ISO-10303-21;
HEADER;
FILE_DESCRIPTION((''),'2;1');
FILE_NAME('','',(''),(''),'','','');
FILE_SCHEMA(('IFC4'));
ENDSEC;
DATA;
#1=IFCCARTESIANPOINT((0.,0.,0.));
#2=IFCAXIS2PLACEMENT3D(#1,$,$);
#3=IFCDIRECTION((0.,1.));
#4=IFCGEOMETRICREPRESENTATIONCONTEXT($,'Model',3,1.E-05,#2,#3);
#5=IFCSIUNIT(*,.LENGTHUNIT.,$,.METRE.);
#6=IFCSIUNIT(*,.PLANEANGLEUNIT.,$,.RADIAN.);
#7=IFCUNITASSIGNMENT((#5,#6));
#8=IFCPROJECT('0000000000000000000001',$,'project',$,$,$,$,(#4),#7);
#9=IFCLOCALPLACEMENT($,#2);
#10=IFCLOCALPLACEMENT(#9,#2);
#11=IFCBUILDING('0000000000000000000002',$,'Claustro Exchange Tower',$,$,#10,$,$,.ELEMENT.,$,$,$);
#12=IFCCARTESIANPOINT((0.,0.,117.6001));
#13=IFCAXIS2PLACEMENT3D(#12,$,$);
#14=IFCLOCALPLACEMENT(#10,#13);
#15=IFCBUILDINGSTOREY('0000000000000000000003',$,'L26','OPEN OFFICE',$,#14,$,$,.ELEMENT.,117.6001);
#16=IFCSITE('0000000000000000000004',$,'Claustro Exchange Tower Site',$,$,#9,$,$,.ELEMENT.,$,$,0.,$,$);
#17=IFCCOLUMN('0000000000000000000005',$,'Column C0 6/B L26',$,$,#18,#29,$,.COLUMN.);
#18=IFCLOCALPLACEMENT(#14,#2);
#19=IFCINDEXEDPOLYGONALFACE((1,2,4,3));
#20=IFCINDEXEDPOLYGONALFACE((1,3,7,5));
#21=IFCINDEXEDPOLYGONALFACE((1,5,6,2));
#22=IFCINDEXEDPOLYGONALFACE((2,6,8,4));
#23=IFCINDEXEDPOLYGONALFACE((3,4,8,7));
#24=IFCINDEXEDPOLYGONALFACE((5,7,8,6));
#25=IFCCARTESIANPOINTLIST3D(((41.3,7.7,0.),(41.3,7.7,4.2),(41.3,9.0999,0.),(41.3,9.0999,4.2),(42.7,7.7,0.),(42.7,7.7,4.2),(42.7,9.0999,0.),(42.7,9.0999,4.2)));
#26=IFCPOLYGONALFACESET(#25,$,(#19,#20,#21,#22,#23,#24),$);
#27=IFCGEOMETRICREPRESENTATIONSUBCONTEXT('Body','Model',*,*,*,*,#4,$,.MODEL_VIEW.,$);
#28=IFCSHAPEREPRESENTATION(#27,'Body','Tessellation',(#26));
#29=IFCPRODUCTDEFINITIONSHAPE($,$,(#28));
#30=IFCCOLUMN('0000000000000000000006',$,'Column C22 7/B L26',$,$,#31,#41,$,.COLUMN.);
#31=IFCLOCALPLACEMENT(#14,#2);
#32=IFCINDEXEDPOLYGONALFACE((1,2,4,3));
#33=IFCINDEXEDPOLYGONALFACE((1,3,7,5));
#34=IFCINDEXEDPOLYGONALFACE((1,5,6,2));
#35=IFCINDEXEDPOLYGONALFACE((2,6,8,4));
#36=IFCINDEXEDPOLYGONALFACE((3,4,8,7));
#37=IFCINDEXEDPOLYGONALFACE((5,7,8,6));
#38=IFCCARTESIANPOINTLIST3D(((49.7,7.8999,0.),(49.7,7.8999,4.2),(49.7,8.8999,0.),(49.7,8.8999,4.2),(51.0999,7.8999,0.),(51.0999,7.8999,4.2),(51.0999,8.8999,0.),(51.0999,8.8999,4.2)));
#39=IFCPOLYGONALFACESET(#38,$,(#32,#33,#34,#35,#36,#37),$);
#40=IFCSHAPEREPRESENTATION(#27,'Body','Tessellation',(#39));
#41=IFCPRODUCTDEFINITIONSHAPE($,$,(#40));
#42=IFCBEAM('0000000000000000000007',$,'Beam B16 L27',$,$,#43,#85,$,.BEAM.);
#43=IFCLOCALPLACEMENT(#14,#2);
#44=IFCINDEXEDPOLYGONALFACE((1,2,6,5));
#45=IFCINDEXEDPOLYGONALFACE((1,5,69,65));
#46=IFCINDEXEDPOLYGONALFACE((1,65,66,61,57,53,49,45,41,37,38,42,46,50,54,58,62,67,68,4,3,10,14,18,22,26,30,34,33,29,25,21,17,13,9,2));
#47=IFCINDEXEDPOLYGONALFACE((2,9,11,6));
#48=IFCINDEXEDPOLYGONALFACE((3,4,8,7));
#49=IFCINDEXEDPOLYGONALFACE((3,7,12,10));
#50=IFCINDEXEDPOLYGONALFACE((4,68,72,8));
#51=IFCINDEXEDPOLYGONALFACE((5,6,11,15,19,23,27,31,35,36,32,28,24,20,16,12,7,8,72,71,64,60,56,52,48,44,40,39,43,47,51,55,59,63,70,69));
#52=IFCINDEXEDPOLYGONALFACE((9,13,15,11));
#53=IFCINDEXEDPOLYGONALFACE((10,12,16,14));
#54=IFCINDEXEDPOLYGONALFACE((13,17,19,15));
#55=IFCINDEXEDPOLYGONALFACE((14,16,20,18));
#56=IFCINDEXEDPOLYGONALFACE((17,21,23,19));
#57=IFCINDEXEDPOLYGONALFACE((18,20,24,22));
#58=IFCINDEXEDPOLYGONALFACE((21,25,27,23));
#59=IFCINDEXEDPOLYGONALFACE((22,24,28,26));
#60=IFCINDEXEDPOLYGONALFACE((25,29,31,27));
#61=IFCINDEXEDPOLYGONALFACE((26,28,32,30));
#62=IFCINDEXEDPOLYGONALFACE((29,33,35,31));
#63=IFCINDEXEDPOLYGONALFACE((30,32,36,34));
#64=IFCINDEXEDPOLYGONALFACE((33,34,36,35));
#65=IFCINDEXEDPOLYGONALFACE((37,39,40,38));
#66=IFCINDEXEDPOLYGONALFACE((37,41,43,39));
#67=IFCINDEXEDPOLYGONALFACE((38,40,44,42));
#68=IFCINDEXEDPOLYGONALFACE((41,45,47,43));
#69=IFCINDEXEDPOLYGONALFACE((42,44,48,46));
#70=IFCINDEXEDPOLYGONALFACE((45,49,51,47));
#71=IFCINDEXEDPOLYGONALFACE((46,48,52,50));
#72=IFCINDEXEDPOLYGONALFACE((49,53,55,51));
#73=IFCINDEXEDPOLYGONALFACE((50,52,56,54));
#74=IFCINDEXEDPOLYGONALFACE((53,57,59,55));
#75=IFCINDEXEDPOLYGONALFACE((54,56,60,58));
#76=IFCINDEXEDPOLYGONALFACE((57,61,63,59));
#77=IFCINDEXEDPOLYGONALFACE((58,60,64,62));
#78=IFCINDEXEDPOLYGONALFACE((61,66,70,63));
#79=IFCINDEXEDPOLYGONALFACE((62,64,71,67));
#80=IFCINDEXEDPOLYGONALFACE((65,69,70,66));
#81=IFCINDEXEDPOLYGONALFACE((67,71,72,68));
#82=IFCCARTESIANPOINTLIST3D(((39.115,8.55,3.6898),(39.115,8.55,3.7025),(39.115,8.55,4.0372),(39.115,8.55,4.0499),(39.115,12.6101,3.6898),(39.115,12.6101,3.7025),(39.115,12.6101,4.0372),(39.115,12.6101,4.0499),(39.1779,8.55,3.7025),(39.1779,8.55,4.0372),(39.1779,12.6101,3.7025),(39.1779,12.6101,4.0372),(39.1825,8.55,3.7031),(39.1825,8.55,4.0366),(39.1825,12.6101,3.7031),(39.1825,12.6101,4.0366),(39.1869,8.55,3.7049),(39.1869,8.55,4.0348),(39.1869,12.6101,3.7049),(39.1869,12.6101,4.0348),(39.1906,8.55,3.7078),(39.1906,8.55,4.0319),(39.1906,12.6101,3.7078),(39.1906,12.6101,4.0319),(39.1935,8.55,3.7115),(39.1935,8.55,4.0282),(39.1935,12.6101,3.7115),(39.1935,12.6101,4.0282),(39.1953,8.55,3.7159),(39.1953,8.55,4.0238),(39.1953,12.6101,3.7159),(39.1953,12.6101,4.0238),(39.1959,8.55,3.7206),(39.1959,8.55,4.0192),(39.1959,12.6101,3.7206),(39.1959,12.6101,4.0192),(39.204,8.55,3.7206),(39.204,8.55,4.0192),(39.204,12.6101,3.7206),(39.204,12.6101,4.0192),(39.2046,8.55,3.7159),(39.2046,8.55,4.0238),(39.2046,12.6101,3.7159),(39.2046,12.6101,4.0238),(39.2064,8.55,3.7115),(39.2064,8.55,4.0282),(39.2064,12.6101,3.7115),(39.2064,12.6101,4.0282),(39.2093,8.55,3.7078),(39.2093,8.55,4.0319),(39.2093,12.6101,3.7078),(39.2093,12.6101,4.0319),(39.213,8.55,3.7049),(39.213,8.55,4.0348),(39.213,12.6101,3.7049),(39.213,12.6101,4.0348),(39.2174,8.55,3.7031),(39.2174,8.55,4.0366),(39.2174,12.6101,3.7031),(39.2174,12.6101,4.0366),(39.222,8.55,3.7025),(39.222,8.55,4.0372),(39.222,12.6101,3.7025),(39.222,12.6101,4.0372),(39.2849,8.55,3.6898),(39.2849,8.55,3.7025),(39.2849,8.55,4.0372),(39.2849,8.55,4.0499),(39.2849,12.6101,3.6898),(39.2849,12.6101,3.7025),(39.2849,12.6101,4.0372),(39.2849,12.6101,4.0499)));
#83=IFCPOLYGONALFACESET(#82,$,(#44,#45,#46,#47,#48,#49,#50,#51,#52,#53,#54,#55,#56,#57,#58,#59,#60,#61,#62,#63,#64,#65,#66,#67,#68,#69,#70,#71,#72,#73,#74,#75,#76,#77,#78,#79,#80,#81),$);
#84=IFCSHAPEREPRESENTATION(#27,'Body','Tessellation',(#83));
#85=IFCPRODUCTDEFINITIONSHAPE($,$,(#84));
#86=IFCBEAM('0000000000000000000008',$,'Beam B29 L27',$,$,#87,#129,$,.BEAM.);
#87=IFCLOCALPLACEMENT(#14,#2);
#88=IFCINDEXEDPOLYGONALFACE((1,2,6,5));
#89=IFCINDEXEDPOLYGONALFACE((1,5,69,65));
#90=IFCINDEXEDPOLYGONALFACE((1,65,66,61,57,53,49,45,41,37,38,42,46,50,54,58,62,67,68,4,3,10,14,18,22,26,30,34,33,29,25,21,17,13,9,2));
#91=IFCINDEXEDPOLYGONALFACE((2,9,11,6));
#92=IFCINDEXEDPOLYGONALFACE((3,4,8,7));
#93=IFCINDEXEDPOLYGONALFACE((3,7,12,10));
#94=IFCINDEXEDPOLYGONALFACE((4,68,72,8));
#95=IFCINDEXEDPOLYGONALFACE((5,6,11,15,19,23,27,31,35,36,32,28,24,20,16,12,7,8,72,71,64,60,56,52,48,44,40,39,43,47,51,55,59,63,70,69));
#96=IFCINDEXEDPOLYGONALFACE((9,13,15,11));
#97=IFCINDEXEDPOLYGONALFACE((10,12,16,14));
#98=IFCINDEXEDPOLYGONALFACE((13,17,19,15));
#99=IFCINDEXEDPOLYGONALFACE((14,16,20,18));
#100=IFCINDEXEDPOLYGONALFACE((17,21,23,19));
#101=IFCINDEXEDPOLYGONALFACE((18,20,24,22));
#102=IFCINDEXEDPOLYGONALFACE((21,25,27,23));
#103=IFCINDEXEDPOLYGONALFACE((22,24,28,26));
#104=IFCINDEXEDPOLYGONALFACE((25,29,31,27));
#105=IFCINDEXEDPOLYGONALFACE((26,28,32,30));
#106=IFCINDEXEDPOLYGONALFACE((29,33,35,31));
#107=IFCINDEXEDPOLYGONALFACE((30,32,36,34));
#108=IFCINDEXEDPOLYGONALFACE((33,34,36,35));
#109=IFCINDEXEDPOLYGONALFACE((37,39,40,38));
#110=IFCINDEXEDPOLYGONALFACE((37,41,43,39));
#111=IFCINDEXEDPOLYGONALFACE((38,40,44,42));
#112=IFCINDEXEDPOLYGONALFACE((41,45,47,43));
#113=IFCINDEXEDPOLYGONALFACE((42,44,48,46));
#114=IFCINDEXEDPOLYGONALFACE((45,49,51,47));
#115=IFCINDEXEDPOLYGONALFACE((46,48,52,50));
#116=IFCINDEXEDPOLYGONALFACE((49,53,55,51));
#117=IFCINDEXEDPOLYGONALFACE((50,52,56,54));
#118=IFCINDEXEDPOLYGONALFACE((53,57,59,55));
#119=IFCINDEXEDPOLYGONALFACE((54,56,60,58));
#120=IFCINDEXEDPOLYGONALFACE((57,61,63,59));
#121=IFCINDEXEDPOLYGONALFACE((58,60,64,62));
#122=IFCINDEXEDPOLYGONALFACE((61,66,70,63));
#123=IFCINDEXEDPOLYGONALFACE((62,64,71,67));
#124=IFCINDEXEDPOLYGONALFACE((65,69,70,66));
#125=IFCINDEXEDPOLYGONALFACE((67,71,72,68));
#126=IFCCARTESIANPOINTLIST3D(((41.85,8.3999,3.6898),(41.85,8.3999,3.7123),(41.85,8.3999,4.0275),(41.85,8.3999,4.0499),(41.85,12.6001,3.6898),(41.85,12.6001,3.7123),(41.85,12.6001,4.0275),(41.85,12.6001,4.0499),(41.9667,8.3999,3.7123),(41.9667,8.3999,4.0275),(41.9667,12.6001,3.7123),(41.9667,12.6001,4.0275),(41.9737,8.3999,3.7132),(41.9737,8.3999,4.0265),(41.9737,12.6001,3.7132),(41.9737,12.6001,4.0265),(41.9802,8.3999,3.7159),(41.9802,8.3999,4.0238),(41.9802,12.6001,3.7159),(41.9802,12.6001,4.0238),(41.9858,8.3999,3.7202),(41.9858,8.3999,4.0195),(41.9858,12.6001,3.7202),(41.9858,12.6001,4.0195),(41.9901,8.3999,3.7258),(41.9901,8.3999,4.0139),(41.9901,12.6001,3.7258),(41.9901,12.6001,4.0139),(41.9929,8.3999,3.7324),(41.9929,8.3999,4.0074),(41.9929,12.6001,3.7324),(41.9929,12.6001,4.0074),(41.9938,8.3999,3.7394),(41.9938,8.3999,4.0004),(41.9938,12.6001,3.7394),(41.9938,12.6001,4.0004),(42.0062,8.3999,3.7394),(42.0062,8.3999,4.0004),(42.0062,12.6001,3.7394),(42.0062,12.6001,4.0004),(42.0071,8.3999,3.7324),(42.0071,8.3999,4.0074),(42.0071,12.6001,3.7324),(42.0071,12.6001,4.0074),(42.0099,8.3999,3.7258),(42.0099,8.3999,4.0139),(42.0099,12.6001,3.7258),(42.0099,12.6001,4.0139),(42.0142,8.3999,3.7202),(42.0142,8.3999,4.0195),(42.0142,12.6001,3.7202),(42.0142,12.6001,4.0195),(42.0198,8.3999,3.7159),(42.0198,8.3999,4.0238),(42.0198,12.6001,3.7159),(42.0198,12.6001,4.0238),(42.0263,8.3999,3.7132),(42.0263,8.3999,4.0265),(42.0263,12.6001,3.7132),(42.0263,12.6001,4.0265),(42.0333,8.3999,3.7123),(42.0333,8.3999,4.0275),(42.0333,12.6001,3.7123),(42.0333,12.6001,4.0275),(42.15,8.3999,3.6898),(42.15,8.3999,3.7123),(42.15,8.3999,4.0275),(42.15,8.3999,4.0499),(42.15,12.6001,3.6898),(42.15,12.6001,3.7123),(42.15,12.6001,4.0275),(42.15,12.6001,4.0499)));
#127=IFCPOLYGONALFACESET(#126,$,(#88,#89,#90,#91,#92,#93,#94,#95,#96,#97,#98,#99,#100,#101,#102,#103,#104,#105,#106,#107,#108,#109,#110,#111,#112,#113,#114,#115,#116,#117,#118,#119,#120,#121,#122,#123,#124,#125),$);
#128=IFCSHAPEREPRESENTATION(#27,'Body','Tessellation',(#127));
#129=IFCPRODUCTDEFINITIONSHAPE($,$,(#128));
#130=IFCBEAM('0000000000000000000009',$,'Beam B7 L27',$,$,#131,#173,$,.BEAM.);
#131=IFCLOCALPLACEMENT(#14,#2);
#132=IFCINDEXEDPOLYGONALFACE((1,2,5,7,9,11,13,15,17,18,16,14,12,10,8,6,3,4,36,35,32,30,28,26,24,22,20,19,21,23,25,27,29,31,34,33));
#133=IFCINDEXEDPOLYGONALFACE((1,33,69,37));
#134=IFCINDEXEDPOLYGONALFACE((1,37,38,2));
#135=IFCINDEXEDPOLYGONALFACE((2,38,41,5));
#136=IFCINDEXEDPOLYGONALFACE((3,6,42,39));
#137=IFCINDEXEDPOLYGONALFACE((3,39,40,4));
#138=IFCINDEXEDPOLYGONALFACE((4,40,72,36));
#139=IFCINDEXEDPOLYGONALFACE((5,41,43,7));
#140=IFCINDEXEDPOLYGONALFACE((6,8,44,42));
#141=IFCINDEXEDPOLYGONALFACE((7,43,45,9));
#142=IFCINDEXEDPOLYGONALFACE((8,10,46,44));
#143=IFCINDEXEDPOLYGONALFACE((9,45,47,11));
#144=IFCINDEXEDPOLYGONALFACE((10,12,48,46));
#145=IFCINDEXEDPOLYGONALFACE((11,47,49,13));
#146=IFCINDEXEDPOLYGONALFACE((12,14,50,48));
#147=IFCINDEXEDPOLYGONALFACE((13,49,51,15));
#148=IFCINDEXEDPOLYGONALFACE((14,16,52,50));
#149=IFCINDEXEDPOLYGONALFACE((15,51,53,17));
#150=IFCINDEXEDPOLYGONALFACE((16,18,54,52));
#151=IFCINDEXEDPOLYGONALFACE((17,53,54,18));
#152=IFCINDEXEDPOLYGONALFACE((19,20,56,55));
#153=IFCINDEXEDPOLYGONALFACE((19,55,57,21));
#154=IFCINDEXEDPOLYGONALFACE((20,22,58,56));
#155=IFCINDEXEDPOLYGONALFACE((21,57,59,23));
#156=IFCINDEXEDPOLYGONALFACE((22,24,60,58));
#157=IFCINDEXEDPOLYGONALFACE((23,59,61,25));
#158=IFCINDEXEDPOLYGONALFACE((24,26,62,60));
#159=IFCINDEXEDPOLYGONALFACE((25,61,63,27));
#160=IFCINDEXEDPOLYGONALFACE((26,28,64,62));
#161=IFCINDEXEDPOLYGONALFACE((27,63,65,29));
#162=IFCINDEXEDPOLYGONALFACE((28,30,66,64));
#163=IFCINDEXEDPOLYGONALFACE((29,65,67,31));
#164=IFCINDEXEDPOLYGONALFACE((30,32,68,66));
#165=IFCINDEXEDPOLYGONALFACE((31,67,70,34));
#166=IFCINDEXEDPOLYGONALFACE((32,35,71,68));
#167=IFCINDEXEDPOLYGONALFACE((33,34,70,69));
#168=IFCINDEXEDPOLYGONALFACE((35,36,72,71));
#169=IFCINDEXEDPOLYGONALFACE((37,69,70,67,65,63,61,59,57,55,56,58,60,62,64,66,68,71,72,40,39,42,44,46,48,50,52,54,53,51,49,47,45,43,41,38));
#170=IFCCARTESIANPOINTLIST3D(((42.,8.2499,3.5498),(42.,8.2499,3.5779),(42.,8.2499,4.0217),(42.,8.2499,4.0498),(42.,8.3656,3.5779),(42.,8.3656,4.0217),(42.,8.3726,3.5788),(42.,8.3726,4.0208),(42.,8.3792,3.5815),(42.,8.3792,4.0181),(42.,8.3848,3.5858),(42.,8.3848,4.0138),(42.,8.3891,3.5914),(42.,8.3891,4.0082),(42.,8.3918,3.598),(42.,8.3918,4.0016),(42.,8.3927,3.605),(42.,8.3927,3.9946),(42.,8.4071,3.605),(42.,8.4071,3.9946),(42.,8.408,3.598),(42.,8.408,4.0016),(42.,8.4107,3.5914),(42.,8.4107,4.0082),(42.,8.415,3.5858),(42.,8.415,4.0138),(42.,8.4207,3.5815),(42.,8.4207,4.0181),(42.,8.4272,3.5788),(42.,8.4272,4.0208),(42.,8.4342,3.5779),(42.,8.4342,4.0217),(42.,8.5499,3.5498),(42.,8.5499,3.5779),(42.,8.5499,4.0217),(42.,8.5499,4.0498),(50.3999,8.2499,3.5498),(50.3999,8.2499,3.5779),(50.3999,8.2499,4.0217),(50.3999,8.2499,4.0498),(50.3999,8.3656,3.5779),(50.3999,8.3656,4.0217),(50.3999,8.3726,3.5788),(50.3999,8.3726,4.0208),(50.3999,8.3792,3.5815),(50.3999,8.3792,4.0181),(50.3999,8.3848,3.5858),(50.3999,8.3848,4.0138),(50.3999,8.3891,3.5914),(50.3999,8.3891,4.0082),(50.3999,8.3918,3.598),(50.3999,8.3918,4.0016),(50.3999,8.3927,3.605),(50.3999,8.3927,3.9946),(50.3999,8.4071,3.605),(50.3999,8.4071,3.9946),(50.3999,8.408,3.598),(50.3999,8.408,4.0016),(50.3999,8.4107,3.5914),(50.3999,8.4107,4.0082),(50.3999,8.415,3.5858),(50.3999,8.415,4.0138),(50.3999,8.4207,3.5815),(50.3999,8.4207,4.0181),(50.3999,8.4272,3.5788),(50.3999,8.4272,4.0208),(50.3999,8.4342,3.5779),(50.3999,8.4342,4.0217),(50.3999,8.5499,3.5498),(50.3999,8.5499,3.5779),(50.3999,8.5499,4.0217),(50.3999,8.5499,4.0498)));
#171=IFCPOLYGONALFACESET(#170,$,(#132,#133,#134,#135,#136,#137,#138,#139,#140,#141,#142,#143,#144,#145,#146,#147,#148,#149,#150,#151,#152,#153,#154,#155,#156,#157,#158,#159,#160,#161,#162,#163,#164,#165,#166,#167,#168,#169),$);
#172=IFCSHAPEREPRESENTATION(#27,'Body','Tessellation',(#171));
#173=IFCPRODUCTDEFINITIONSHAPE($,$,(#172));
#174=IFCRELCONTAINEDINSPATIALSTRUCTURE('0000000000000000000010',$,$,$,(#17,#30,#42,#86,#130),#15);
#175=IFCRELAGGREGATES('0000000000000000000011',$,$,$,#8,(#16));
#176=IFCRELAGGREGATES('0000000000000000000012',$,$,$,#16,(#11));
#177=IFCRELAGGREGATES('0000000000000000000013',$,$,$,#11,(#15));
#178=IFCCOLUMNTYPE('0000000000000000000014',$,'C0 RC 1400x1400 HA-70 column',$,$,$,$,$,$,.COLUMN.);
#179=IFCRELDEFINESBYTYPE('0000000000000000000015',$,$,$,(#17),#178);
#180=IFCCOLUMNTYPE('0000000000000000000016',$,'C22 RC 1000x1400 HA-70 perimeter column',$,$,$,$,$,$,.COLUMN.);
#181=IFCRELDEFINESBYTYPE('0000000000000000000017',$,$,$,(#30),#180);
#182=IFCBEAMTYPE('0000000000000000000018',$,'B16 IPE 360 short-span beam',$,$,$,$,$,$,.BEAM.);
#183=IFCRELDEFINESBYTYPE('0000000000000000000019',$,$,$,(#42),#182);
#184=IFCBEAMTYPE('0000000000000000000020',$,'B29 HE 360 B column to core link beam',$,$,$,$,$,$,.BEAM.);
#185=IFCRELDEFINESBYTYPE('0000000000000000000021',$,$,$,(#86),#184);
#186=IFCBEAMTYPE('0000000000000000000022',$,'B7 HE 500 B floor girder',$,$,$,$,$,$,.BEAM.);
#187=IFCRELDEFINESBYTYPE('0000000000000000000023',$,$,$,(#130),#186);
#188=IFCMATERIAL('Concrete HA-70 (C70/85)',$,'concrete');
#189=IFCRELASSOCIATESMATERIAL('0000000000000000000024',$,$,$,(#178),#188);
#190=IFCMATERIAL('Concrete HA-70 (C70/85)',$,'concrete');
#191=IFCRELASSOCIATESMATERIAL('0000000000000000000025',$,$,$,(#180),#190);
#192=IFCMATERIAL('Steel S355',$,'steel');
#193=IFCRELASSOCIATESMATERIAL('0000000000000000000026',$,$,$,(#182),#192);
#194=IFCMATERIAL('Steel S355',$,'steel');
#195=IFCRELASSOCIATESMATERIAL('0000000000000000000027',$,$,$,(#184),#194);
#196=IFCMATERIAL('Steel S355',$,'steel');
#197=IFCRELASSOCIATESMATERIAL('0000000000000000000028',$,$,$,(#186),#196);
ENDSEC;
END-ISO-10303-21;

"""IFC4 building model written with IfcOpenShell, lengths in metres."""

from ifc_helpers import new_model, si_unit, direction, frame, origin, origin_2d, place, context, subcontext, project, spatial, rectangle, i_section, extrude, material, material_profile, profile_set, type_object, element, save


model = new_model("IFC4")

# Units and contexts
model_context = context("Model", 3, precision=1e-05, world=origin(), true_north=direction((0.0, 1.0)))
body_context = subcontext(model_context, "Body", "Model", "MODEL_VIEW")
ifc_project = project(units=[si_unit("LENGTHUNIT", "METRE"), si_unit("PLANEANGLEUNIT", "RADIAN")], contexts=[model_context])

# Site, building, storey
site_placement = place(None, origin())
site = spatial("IfcSite", under=ifc_project, at=site_placement, Name="Claustro Exchange Tower Site", CompositionType="ELEMENT", RefElevation=0.0)
building_placement = place(site_placement, origin())
building = spatial("IfcBuilding", under=site, at=building_placement, Name="Claustro Exchange Tower", CompositionType="ELEMENT")
storey_placement = place(building_placement, frame((0.0, 0.0, 117.6001)))
storey = spatial("IfcBuildingStorey", under=building, at=storey_placement, Name="L26", Description="OPEN OFFICE", CompositionType="ELEMENT", Elevation=117.6001)

# Columns
ifc_material_1 = material(Name="Concrete HA-70 (C70/85)", Category="concrete")
ifc_material_profile_1 = material_profile(ifc_material_1, rectangle(XDim=1.3999, YDim=1.3999, at=origin_2d()), Name="RC 1400x1400")
ifc_profile_set_1 = profile_set([ifc_material_profile_1], Name="Concrete HA-70 (C70/85)")
column_type_1 = type_object("IfcColumnType", Name="C0 RC 1400x1400 HA-70 column", PredefinedType="COLUMN", material=ifc_profile_set_1)
column_1_placement = place(storey_placement, frame((42.0, 8.3999, 0.0), z_axis=(0.0, 0.0, 1.0), x_axis=(1.0, 0.0, 0.0)))
element("IfcColumn", 1, at=column_1_placement, inside=storey, type_object=column_type_1, Name="Column C0 6/B L26", PredefinedType="COLUMN", context=body_context, shape_type="SweptSolid", body=[
    extrude(rectangle(XDim=1.3999, YDim=1.3999, at=origin_2d()), origin(), (0.0, 0.0, 1.0), 4.2),
])
ifc_material_2 = material(Name="Concrete HA-70 (C70/85)", Category="concrete")
ifc_material_profile_2 = material_profile(ifc_material_2, rectangle(XDim=1.0, YDim=1.3999, at=origin_2d()), Name="RC 1000x1400")
ifc_profile_set_2 = profile_set([ifc_material_profile_2], Name="Concrete HA-70 (C70/85)")
column_type_2 = type_object("IfcColumnType", Name="C22 RC 1000x1400 HA-70 perimeter column", PredefinedType="COLUMN", material=ifc_profile_set_2)
column_2_placement = place(storey_placement, frame((50.3999, 8.3999, 0.0), z_axis=(0.0, 0.0, 1.0), x_axis=(0.0, 1.0, 0.0)))
element("IfcColumn", 2, at=column_2_placement, inside=storey, type_object=column_type_2, Name="Column C22 7/B L26", PredefinedType="COLUMN", context=body_context, shape_type="SweptSolid", body=[
    extrude(rectangle(XDim=1.0, YDim=1.3999, at=origin_2d()), origin(), (0.0, 0.0, 1.0), 4.2),
])

# Beams
ifc_material_3 = material(Name="Steel S355", Category="steel")
ifc_material_profile_3 = material_profile(ifc_material_3, i_section(OverallWidth=0.1699, OverallDepth=0.3601, WebThickness=0.0081, FlangeThickness=0.0127, FilletRadius=0.0181, at=origin_2d()), Name="IPE 360")
ifc_profile_set_3 = profile_set([ifc_material_profile_3], Name="Steel S355")
beam_type_1 = type_object("IfcBeamType", Name="B16 IPE 360 short-span beam", PredefinedType="BEAM", material=ifc_profile_set_3)
beam_1_placement = place(storey_placement, frame((39.2, 8.55, 3.8699), z_axis=(0.0, 1.0, 0.0), x_axis=(-1.0, 0.0, 0.0)))
element("IfcBeam", 3, at=beam_1_placement, inside=storey, type_object=beam_type_1, Name="Beam B16 L27", PredefinedType="BEAM", context=body_context, shape_type="SweptSolid", body=[
    extrude(i_section(OverallWidth=0.1699, OverallDepth=0.3601, WebThickness=0.0081, FlangeThickness=0.0127, FilletRadius=0.0181, at=origin_2d()), origin(), (0.0, 0.0, 1.0), 4.0601),
])
ifc_material_4 = material(Name="Steel S355", Category="steel")
ifc_material_profile_4 = material_profile(ifc_material_4, i_section(OverallWidth=0.3, OverallDepth=0.3601, WebThickness=0.0125, FlangeThickness=0.0225, FilletRadius=0.0271, at=origin_2d()), Name="HE 360 B")
ifc_profile_set_4 = profile_set([ifc_material_profile_4], Name="Steel S355")
beam_type_2 = type_object("IfcBeamType", Name="B29 HE 360 B column to core link beam", PredefinedType="BEAM", material=ifc_profile_set_4)
beam_2_placement = place(storey_placement, frame((42.0, 8.3999, 3.8699), z_axis=(0.0, 1.0, 0.0), x_axis=(-1.0, 0.0, 0.0)))
element("IfcBeam", 4, at=beam_2_placement, inside=storey, type_object=beam_type_2, Name="Beam B29 L27", PredefinedType="BEAM", context=body_context, shape_type="SweptSolid", body=[
    extrude(i_section(OverallWidth=0.3, OverallDepth=0.3601, WebThickness=0.0125, FlangeThickness=0.0225, FilletRadius=0.0271, at=origin_2d()), origin(), (0.0, 0.0, 1.0), 4.2002),
])
ifc_material_5 = material(Name="Steel S355", Category="steel")
ifc_material_profile_5 = material_profile(ifc_material_5, i_section(OverallWidth=0.3, OverallDepth=0.5, WebThickness=0.0144, FlangeThickness=0.0281, FilletRadius=0.0271, at=origin_2d()), Name="HE 500 B")
ifc_profile_set_5 = profile_set([ifc_material_profile_5], Name="Steel S355")
beam_type_3 = type_object("IfcBeamType", Name="B7 HE 500 B floor girder", PredefinedType="BEAM", material=ifc_profile_set_5)
beam_3_placement = place(storey_placement, frame((42.0, 8.3999, 3.7998), z_axis=(1.0, 0.0, 0.0), x_axis=(0.0, 1.0, 0.0)))
element("IfcBeam", 5, at=beam_3_placement, inside=storey, type_object=beam_type_3, Name="Beam B7 L27", PredefinedType="BEAM", context=body_context, shape_type="SweptSolid", body=[
    extrude(i_section(OverallWidth=0.3, OverallDepth=0.5, WebThickness=0.0144, FlangeThickness=0.0281, FilletRadius=0.0271, at=origin_2d()), origin(), (0.0, 0.0, 1.0), 8.3999),
])

save(model, "model.ifc")
